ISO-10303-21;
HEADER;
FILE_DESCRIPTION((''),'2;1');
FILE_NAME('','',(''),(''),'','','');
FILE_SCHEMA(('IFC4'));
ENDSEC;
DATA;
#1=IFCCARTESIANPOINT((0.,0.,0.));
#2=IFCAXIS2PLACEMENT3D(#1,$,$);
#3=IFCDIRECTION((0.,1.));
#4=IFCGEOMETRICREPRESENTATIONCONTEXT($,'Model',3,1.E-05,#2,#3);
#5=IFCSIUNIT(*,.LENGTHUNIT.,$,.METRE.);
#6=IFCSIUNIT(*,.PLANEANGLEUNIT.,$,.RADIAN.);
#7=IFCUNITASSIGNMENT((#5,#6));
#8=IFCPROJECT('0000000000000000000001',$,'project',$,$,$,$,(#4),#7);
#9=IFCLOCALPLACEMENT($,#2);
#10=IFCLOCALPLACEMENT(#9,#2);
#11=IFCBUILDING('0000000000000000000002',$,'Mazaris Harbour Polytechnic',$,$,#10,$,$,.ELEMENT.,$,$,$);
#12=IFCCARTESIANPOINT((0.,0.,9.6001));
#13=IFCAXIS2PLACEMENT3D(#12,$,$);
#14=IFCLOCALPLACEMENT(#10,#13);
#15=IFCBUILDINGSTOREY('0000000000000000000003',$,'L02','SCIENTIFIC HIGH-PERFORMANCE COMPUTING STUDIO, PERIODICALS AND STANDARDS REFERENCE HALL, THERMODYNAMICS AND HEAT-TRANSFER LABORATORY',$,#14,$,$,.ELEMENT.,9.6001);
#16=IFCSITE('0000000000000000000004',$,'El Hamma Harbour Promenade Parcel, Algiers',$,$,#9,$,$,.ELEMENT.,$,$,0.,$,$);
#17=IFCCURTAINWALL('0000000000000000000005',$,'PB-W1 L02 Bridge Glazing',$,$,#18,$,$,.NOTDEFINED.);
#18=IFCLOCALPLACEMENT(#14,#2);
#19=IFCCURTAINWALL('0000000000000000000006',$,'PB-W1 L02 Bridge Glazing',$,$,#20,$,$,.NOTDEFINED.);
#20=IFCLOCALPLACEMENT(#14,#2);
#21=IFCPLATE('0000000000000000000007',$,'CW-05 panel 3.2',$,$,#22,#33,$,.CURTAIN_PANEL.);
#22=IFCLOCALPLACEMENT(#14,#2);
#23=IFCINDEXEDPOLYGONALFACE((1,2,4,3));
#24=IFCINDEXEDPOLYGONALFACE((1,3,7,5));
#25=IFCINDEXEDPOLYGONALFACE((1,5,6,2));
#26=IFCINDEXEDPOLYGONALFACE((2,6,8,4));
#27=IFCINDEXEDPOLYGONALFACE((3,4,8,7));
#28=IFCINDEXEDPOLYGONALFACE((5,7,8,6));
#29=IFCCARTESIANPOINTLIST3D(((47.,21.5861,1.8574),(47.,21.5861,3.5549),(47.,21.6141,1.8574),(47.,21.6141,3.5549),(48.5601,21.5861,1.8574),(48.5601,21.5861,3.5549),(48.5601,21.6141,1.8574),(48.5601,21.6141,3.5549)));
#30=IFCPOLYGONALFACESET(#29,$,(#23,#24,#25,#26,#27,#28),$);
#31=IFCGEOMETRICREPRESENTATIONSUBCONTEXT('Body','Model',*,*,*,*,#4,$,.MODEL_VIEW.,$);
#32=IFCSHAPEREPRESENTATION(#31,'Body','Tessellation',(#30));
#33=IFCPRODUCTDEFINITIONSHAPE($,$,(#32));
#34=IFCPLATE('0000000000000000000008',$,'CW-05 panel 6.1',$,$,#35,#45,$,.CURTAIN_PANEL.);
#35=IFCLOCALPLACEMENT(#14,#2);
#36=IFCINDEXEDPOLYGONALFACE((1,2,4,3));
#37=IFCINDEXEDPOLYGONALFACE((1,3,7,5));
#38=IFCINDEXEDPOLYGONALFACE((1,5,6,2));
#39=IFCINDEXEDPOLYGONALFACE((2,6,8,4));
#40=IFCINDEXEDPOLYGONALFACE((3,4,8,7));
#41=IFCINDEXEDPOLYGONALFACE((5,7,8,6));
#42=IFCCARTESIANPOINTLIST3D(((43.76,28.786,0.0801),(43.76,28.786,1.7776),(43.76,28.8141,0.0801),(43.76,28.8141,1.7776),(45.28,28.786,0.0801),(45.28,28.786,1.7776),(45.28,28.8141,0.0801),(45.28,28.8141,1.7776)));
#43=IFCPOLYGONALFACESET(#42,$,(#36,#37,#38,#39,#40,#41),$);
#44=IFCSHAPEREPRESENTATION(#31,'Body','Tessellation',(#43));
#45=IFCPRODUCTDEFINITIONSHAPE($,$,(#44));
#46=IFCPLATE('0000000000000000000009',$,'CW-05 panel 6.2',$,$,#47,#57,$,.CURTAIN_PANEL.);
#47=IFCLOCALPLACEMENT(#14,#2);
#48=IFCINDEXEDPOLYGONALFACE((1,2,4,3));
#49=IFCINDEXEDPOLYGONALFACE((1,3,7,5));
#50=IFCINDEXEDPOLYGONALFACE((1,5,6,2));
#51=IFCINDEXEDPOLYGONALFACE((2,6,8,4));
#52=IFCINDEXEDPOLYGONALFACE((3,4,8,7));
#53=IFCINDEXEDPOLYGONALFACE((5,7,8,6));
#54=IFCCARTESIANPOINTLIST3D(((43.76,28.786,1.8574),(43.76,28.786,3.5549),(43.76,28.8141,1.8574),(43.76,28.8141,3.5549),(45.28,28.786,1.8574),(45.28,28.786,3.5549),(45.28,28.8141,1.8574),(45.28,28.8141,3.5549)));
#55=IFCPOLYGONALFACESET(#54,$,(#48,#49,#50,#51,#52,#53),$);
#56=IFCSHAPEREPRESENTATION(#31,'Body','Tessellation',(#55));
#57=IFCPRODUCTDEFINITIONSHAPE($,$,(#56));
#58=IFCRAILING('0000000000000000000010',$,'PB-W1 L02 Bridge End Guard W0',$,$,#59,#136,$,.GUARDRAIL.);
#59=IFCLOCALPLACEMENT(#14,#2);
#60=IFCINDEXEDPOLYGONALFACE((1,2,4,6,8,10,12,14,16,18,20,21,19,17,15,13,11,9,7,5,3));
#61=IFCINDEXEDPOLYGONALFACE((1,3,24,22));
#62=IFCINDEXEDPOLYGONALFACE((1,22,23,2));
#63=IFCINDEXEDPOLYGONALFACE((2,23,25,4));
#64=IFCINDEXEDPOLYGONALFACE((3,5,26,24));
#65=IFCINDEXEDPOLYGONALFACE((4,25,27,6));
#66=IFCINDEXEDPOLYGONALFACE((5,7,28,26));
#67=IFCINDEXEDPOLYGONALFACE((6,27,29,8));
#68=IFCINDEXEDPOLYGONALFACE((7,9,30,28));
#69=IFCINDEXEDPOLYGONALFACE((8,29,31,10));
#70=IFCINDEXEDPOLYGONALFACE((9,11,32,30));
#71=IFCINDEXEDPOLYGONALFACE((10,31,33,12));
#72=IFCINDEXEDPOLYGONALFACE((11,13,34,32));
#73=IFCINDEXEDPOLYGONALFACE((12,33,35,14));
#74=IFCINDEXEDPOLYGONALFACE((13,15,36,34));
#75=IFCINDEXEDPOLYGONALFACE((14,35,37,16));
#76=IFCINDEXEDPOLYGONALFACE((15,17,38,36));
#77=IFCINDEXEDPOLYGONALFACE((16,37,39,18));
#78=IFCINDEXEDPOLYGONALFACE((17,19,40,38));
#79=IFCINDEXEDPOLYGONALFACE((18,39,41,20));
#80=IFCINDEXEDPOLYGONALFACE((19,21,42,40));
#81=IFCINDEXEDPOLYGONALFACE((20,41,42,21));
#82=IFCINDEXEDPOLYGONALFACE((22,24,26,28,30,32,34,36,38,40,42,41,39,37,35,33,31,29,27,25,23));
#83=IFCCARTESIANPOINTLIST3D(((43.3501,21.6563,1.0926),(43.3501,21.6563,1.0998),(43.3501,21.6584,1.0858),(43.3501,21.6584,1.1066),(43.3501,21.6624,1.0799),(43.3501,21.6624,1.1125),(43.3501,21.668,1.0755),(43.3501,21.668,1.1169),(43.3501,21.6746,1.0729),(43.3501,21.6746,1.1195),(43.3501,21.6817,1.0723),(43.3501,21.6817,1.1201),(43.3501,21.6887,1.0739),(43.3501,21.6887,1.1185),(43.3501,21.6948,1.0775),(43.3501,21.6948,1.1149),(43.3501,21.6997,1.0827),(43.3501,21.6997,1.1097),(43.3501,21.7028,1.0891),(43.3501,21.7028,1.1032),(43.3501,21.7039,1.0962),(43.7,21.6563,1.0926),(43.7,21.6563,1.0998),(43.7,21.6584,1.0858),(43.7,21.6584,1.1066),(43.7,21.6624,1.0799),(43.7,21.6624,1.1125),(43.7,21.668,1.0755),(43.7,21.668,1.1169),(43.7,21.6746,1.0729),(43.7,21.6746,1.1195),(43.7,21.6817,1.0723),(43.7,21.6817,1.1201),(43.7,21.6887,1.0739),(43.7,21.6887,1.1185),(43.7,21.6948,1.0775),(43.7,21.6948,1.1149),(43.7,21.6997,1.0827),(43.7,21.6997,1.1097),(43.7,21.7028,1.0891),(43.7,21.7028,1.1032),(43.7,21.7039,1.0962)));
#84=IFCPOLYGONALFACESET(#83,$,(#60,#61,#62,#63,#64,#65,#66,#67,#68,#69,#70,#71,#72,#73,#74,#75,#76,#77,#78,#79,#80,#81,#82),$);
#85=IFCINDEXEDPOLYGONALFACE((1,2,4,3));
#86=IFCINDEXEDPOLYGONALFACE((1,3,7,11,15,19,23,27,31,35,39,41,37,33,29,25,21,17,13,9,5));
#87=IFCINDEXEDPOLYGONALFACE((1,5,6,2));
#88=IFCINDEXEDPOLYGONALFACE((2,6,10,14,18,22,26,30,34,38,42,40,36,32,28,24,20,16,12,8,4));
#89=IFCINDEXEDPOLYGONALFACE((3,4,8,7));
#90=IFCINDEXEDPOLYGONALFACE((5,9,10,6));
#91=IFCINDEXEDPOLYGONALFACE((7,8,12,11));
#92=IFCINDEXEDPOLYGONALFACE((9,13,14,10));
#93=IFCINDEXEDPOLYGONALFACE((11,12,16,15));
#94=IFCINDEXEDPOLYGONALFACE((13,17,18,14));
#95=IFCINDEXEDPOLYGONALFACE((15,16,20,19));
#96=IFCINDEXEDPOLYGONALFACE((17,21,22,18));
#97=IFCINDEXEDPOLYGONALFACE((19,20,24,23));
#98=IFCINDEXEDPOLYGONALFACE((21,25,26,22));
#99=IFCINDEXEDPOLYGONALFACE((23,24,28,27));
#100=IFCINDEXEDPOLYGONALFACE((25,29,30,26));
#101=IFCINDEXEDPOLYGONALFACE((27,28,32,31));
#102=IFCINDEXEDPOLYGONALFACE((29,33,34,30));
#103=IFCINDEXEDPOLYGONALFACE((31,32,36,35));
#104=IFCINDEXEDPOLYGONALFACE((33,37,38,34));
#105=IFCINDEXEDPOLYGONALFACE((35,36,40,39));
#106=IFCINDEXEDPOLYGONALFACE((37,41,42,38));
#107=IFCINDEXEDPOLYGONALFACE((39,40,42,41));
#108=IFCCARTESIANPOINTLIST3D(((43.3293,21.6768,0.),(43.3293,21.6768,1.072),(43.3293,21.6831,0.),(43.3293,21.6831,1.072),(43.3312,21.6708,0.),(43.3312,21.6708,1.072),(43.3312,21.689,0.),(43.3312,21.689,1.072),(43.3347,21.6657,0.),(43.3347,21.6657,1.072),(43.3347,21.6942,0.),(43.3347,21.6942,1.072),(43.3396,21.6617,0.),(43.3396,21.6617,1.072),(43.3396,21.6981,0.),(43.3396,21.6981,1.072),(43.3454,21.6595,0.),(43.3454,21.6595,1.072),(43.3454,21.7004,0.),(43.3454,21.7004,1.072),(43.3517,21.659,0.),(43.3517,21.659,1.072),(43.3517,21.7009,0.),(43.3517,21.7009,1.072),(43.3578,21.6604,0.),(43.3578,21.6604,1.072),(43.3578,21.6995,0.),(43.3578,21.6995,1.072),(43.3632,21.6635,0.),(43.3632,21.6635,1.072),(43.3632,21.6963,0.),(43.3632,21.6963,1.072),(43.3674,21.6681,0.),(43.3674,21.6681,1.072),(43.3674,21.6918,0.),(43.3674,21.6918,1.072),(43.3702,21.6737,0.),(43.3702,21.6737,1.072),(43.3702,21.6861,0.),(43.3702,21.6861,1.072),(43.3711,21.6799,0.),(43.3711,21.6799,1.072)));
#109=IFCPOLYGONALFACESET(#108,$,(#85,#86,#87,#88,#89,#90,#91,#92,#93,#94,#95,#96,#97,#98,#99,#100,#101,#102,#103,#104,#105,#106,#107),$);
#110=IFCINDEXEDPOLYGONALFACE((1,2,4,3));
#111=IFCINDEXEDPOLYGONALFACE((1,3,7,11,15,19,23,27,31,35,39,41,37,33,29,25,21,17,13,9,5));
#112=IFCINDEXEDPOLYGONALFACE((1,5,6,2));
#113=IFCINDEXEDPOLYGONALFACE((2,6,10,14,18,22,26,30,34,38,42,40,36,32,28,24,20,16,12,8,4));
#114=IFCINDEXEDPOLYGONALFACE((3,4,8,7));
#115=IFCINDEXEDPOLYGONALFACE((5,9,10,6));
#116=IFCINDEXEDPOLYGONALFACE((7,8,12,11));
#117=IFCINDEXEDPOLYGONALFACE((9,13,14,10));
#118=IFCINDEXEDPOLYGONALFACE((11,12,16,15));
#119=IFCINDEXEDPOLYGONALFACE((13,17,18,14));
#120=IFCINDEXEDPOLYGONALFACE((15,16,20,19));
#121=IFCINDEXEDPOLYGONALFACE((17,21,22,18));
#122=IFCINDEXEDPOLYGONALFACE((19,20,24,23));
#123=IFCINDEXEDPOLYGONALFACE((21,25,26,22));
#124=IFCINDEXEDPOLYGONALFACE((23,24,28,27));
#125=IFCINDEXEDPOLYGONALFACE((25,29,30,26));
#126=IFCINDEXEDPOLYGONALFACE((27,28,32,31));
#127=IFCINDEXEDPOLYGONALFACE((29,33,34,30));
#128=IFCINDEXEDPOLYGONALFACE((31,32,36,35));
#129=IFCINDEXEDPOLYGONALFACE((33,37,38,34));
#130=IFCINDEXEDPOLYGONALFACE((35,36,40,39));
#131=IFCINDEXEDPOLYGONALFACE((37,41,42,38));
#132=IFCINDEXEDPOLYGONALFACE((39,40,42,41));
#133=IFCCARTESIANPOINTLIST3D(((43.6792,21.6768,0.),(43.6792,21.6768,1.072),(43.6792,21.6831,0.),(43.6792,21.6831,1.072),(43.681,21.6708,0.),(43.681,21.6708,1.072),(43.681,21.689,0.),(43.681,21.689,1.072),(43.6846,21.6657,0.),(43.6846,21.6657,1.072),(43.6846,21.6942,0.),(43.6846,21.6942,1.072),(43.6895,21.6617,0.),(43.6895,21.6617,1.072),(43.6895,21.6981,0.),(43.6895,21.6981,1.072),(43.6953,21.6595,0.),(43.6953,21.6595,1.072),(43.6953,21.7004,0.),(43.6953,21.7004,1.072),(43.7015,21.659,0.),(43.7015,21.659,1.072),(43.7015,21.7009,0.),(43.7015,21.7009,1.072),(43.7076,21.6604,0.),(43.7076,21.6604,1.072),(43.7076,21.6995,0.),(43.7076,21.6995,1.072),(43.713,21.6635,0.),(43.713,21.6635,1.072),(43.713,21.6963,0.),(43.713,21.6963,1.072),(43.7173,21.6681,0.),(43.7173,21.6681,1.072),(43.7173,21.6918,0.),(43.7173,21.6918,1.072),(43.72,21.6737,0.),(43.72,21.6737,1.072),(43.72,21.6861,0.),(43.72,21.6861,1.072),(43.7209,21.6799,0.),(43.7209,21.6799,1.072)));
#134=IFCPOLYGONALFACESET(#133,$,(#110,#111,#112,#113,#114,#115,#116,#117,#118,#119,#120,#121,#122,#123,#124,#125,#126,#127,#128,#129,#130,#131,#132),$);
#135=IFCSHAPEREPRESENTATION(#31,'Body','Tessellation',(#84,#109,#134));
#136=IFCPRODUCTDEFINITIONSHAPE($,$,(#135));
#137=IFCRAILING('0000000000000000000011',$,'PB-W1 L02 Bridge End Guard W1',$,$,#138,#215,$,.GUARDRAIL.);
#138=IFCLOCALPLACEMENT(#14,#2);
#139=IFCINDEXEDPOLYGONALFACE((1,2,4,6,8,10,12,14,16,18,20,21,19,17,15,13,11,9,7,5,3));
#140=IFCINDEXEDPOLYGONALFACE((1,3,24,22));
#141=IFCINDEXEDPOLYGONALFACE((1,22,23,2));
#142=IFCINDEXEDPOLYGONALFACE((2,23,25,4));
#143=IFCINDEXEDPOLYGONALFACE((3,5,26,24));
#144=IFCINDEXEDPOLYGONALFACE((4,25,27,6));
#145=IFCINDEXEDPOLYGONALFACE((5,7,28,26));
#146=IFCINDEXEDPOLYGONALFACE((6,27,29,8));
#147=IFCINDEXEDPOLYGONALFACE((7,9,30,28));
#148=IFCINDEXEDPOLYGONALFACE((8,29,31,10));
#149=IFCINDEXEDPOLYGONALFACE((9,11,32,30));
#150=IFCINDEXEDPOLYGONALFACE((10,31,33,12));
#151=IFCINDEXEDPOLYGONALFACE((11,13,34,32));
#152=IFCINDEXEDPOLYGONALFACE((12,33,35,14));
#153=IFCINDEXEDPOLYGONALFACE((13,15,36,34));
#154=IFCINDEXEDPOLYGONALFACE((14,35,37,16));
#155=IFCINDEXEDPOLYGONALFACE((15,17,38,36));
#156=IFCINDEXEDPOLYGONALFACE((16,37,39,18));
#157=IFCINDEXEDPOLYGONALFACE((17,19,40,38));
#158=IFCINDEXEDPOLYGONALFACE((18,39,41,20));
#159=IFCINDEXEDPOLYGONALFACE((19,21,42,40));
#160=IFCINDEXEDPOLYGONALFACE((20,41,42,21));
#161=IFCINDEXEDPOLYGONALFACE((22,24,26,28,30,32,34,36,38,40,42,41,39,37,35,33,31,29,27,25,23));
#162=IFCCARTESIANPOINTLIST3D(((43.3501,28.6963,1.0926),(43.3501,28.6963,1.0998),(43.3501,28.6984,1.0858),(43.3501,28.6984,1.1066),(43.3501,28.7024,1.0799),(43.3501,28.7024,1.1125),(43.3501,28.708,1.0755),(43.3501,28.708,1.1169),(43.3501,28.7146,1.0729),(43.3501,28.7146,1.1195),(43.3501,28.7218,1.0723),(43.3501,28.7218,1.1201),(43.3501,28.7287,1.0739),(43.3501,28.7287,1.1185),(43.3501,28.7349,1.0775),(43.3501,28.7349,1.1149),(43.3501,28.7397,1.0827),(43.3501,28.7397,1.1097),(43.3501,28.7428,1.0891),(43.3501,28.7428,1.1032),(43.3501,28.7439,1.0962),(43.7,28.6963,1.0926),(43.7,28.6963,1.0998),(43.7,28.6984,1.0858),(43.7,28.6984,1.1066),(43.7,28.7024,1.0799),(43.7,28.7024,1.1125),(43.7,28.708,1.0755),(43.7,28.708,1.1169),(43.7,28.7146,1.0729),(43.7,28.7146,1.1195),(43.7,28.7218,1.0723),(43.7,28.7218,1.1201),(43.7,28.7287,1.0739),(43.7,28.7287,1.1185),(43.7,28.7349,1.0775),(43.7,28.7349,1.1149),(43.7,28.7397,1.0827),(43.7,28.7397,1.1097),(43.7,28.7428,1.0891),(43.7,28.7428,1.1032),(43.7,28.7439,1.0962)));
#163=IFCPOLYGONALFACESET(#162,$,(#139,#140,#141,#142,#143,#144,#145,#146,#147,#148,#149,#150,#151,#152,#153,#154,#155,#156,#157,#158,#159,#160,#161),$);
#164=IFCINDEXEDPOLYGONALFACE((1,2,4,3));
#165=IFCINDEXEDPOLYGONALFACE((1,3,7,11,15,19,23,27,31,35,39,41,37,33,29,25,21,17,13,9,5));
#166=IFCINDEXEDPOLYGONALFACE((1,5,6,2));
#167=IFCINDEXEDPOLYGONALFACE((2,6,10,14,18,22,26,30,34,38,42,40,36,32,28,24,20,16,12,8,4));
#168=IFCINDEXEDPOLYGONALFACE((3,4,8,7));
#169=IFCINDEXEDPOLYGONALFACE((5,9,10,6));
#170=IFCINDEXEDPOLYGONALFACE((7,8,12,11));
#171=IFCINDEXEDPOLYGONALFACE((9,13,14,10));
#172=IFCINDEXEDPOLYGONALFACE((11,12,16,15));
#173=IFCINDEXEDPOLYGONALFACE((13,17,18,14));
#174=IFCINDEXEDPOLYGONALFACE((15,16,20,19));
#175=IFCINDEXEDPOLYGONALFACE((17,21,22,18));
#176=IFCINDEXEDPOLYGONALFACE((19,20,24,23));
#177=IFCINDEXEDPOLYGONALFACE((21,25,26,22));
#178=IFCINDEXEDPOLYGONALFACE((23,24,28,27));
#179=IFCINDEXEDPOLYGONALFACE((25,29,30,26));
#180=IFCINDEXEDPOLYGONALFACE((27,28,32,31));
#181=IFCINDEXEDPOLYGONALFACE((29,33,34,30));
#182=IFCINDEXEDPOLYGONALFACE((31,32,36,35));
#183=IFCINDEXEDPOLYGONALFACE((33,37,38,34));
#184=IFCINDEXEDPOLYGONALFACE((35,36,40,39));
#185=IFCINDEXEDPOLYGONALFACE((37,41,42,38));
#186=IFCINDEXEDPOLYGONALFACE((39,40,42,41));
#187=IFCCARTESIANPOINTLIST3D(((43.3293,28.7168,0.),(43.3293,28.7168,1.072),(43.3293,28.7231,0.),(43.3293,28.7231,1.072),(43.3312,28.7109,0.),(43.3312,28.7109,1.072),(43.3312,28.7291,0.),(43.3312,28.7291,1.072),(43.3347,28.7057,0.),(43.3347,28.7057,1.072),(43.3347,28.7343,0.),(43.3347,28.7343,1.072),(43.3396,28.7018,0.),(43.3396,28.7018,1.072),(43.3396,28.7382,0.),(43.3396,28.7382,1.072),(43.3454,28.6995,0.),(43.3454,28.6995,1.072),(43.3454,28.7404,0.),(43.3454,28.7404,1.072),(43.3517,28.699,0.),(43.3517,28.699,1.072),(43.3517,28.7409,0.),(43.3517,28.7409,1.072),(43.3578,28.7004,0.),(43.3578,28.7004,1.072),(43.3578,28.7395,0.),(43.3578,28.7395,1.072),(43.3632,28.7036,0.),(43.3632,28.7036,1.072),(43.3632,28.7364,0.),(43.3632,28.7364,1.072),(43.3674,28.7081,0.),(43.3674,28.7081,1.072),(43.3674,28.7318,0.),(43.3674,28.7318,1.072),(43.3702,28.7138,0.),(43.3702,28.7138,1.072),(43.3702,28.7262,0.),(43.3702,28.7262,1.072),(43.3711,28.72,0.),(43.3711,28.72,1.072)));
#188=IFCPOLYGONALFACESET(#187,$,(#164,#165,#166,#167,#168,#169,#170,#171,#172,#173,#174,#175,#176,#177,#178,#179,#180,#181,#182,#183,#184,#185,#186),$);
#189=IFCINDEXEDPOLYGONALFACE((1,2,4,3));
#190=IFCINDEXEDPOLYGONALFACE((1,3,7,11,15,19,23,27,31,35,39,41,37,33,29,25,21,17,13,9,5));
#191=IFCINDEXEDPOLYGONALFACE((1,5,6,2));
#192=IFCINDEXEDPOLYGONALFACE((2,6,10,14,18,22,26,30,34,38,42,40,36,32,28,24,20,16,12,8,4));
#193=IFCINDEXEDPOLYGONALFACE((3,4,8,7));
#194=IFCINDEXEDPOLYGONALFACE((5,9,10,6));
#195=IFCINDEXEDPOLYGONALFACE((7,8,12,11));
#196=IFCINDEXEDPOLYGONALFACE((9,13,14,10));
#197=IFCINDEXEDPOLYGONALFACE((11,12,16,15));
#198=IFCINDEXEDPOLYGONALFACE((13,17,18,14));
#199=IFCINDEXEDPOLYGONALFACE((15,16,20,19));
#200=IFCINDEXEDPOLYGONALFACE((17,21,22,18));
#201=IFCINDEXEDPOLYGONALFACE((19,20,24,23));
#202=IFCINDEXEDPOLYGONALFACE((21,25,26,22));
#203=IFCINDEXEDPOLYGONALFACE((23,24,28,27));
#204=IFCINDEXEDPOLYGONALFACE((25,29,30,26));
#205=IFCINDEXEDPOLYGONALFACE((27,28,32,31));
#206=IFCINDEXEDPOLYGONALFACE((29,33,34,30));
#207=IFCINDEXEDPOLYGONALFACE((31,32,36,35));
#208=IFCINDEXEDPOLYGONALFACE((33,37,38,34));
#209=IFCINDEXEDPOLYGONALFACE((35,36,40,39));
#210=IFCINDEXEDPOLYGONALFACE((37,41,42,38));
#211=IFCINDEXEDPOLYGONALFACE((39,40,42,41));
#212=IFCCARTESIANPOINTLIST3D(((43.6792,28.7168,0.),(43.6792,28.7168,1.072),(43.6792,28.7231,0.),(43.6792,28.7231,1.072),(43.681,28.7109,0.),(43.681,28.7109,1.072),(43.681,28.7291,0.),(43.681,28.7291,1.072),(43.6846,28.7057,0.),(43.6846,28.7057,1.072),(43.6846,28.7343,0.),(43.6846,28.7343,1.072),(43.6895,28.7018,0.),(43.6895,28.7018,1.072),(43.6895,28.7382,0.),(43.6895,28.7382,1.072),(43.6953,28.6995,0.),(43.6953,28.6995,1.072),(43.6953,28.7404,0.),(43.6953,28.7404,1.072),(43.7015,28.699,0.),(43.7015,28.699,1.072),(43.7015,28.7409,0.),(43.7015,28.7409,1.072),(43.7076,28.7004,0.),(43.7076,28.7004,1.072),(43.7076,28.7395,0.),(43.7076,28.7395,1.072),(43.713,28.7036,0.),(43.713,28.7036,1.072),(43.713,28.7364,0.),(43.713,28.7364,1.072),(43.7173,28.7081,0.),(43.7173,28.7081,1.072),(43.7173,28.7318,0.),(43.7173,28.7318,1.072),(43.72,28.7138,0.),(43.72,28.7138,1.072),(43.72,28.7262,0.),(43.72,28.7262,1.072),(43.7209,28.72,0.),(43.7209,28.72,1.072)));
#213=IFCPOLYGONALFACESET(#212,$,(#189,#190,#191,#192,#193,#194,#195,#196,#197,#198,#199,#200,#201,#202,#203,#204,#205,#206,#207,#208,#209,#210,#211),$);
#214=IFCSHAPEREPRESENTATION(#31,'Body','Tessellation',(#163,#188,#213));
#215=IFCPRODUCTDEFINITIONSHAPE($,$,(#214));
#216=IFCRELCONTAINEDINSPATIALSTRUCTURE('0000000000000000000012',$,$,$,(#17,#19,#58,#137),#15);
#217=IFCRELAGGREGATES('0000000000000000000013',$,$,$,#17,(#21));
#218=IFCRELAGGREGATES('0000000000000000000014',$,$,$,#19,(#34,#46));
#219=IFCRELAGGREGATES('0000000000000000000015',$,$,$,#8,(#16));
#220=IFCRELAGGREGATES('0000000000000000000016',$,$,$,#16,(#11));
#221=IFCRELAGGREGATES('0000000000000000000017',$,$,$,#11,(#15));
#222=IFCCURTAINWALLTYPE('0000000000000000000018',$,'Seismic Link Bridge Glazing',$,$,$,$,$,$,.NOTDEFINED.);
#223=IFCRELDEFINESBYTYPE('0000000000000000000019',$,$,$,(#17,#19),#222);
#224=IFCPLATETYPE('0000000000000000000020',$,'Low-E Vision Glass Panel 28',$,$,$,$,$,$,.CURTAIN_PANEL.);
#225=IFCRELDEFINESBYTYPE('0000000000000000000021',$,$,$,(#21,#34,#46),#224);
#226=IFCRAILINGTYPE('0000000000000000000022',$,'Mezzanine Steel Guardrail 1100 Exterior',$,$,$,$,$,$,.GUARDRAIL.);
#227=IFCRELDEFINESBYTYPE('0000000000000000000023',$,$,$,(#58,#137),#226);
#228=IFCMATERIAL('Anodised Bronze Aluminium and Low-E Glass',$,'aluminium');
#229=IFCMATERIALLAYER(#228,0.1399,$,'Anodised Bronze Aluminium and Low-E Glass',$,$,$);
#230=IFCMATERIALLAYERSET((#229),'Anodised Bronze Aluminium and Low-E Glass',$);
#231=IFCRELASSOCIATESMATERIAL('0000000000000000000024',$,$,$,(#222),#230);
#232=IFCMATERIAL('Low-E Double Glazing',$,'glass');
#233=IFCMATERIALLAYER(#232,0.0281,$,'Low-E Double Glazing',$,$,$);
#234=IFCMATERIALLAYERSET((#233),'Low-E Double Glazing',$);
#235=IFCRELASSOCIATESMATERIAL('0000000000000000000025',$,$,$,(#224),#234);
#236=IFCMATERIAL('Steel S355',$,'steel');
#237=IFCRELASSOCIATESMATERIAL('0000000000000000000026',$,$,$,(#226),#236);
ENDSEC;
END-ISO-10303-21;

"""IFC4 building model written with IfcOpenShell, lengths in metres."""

from ifc_helpers import new_model, si_unit, direction, frame, origin, origin_2d, place, context, subcontext, project, spatial, rectangle, circle, extrude, material, layer, layer_set, type_object, element, aggregate, save


model = new_model("IFC4")

# Units and contexts
model_context = context("Model", 3, precision=1e-05, world=origin(), true_north=direction((0.0, 1.0)))
body_context = subcontext(model_context, "Body", "Model", "MODEL_VIEW")
ifc_project = project(units=[si_unit("LENGTHUNIT", "METRE"), si_unit("PLANEANGLEUNIT", "RADIAN")], contexts=[model_context])

# Site, building, storey
site_placement = place(None, origin())
site = spatial("IfcSite", under=ifc_project, at=site_placement, Name="El Hamma Harbour Promenade Parcel, Algiers", CompositionType="ELEMENT", RefElevation=0.0)
building_placement = place(site_placement, origin())
building = spatial("IfcBuilding", under=site, at=building_placement, Name="Mazaris Harbour Polytechnic", CompositionType="ELEMENT")
storey_placement = place(building_placement, frame((0.0, 0.0, 9.6001)))
storey = spatial("IfcBuildingStorey", under=building, at=storey_placement, Name="L02", Description="SCIENTIFIC HIGH-PERFORMANCE COMPUTING STUDIO, PERIODICALS AND STANDARDS REFERENCE HALL, THERMODYNAMICS AND HEAT-TRANSFER LABORATORY", CompositionType="ELEMENT", Elevation=9.6001)

# Curtain walls
ifc_material_1 = material(Name="Anodised Bronze Aluminium and Low-E Glass", Category="aluminium")
ifc_layer_1 = layer(ifc_material_1, 0.1399, Name="Anodised Bronze Aluminium and Low-E Glass")
ifc_layer_set_1 = layer_set([ifc_layer_1], Name="Anodised Bronze Aluminium and Low-E Glass")
curtain_wall_type = type_object("IfcCurtainWallType", Name="Seismic Link Bridge Glazing", PredefinedType="NOTDEFINED", material=ifc_layer_set_1)
curtain_wall_1_placement = place(storey_placement, origin())
curtain_wall_1 = element("IfcCurtainWall", 1, at=curtain_wall_1_placement, inside=storey, type_object=curtain_wall_type, Name="PB-W1 L02 Bridge Glazing", PredefinedType="NOTDEFINED")
curtain_wall_2_placement = place(storey_placement, origin())
curtain_wall_2 = element("IfcCurtainWall", 2, at=curtain_wall_2_placement, inside=storey, type_object=curtain_wall_type, Name="PB-W1 L02 Bridge Glazing", PredefinedType="NOTDEFINED")

# Plates
ifc_material_2 = material(Name="Low-E Double Glazing", Category="glass")
ifc_layer_2 = layer(ifc_material_2, 0.0281, Name="Low-E Double Glazing")
ifc_layer_set_2 = layer_set([ifc_layer_2], Name="Low-E Double Glazing")
plate_type = type_object("IfcPlateType", Name="Low-E Vision Glass Panel 28", PredefinedType="CURTAIN_PANEL", material=ifc_layer_set_2)
plate_1_placement = place(storey_placement, frame((47.78, 21.6001, 1.8574), z_axis=(0.0, 0.0, 1.0), x_axis=(1.0, 0.0, 0.0)))
plate_1 = element("IfcPlate", 3, at=plate_1_placement, type_object=plate_type, Name="CW-05 panel 3.2", PredefinedType="CURTAIN_PANEL", context=body_context, shape_type="SweptSolid", body=[
    extrude(rectangle(XDim=1.5601, YDim=0.0281, at=origin_2d()), origin(), (0.0, 0.0, 1.0), 1.6975),
])
aggregate(curtain_wall_1, [plate_1])
plate_2_placement = place(storey_placement, frame((44.52, 28.8, 0.0801), z_axis=(0.0, 0.0, 1.0), x_axis=(-1.0, 0.0, 0.0)))
plate_2 = element("IfcPlate", 4, at=plate_2_placement, type_object=plate_type, Name="CW-05 panel 6.1", PredefinedType="CURTAIN_PANEL", context=body_context, shape_type="SweptSolid", body=[
    extrude(rectangle(XDim=1.52, YDim=0.0281, at=origin_2d()), origin(), (0.0, 0.0, 1.0), 1.6975),
])
plate_3_placement = place(storey_placement, frame((44.52, 28.8, 1.8574), z_axis=(0.0, 0.0, 1.0), x_axis=(-1.0, 0.0, 0.0)))
plate_3 = element("IfcPlate", 5, at=plate_3_placement, type_object=plate_type, Name="CW-05 panel 6.2", PredefinedType="CURTAIN_PANEL", context=body_context, shape_type="SweptSolid", body=[
    extrude(rectangle(XDim=1.52, YDim=0.0281, at=origin_2d()), origin(), (0.0, 0.0, 1.0), 1.6975),
])
aggregate(curtain_wall_2, [plate_2, plate_3])

# Railings
ifc_material_3 = material(Name="Steel S355", Category="steel")
railing_type = type_object("IfcRailingType", Name="Mezzanine Steel Guardrail 1100 Exterior", PredefinedType="GUARDRAIL", material=ifc_material_3)
for number, where, name in (
    (6, (43.3501, 21.6799, 0.0), "PB-W1 L02 Bridge End Guard W0"),
    (7, (43.3501, 28.72, 0.0), "PB-W1 L02 Bridge End Guard W1"),
):
    element("IfcRailing", number, at=place(storey_placement, frame(where)), inside=storey, type_object=railing_type, Name=name, PredefinedType="GUARDRAIL", context=body_context, shape_type="SweptSolid", body=[
        extrude(circle(Radius=0.0239, at=origin_2d()), frame((0.0, 0.0, 1.0962), z_axis=(1.0, 0.0, 0.0), x_axis=(0.0, 1.0, 0.0)), (0.0, 0.0, 1.0), 0.3499),
        extrude(circle(Radius=0.021, at=origin_2d()), origin(), (0.0, 0.0, 1.0), 1.072),
        extrude(circle(Radius=0.021, at=origin_2d()), frame((0.3499, 0.0, 0.0)), (0.0, 0.0, 1.0), 1.072),
    ])

save(model, "model.ifc")
